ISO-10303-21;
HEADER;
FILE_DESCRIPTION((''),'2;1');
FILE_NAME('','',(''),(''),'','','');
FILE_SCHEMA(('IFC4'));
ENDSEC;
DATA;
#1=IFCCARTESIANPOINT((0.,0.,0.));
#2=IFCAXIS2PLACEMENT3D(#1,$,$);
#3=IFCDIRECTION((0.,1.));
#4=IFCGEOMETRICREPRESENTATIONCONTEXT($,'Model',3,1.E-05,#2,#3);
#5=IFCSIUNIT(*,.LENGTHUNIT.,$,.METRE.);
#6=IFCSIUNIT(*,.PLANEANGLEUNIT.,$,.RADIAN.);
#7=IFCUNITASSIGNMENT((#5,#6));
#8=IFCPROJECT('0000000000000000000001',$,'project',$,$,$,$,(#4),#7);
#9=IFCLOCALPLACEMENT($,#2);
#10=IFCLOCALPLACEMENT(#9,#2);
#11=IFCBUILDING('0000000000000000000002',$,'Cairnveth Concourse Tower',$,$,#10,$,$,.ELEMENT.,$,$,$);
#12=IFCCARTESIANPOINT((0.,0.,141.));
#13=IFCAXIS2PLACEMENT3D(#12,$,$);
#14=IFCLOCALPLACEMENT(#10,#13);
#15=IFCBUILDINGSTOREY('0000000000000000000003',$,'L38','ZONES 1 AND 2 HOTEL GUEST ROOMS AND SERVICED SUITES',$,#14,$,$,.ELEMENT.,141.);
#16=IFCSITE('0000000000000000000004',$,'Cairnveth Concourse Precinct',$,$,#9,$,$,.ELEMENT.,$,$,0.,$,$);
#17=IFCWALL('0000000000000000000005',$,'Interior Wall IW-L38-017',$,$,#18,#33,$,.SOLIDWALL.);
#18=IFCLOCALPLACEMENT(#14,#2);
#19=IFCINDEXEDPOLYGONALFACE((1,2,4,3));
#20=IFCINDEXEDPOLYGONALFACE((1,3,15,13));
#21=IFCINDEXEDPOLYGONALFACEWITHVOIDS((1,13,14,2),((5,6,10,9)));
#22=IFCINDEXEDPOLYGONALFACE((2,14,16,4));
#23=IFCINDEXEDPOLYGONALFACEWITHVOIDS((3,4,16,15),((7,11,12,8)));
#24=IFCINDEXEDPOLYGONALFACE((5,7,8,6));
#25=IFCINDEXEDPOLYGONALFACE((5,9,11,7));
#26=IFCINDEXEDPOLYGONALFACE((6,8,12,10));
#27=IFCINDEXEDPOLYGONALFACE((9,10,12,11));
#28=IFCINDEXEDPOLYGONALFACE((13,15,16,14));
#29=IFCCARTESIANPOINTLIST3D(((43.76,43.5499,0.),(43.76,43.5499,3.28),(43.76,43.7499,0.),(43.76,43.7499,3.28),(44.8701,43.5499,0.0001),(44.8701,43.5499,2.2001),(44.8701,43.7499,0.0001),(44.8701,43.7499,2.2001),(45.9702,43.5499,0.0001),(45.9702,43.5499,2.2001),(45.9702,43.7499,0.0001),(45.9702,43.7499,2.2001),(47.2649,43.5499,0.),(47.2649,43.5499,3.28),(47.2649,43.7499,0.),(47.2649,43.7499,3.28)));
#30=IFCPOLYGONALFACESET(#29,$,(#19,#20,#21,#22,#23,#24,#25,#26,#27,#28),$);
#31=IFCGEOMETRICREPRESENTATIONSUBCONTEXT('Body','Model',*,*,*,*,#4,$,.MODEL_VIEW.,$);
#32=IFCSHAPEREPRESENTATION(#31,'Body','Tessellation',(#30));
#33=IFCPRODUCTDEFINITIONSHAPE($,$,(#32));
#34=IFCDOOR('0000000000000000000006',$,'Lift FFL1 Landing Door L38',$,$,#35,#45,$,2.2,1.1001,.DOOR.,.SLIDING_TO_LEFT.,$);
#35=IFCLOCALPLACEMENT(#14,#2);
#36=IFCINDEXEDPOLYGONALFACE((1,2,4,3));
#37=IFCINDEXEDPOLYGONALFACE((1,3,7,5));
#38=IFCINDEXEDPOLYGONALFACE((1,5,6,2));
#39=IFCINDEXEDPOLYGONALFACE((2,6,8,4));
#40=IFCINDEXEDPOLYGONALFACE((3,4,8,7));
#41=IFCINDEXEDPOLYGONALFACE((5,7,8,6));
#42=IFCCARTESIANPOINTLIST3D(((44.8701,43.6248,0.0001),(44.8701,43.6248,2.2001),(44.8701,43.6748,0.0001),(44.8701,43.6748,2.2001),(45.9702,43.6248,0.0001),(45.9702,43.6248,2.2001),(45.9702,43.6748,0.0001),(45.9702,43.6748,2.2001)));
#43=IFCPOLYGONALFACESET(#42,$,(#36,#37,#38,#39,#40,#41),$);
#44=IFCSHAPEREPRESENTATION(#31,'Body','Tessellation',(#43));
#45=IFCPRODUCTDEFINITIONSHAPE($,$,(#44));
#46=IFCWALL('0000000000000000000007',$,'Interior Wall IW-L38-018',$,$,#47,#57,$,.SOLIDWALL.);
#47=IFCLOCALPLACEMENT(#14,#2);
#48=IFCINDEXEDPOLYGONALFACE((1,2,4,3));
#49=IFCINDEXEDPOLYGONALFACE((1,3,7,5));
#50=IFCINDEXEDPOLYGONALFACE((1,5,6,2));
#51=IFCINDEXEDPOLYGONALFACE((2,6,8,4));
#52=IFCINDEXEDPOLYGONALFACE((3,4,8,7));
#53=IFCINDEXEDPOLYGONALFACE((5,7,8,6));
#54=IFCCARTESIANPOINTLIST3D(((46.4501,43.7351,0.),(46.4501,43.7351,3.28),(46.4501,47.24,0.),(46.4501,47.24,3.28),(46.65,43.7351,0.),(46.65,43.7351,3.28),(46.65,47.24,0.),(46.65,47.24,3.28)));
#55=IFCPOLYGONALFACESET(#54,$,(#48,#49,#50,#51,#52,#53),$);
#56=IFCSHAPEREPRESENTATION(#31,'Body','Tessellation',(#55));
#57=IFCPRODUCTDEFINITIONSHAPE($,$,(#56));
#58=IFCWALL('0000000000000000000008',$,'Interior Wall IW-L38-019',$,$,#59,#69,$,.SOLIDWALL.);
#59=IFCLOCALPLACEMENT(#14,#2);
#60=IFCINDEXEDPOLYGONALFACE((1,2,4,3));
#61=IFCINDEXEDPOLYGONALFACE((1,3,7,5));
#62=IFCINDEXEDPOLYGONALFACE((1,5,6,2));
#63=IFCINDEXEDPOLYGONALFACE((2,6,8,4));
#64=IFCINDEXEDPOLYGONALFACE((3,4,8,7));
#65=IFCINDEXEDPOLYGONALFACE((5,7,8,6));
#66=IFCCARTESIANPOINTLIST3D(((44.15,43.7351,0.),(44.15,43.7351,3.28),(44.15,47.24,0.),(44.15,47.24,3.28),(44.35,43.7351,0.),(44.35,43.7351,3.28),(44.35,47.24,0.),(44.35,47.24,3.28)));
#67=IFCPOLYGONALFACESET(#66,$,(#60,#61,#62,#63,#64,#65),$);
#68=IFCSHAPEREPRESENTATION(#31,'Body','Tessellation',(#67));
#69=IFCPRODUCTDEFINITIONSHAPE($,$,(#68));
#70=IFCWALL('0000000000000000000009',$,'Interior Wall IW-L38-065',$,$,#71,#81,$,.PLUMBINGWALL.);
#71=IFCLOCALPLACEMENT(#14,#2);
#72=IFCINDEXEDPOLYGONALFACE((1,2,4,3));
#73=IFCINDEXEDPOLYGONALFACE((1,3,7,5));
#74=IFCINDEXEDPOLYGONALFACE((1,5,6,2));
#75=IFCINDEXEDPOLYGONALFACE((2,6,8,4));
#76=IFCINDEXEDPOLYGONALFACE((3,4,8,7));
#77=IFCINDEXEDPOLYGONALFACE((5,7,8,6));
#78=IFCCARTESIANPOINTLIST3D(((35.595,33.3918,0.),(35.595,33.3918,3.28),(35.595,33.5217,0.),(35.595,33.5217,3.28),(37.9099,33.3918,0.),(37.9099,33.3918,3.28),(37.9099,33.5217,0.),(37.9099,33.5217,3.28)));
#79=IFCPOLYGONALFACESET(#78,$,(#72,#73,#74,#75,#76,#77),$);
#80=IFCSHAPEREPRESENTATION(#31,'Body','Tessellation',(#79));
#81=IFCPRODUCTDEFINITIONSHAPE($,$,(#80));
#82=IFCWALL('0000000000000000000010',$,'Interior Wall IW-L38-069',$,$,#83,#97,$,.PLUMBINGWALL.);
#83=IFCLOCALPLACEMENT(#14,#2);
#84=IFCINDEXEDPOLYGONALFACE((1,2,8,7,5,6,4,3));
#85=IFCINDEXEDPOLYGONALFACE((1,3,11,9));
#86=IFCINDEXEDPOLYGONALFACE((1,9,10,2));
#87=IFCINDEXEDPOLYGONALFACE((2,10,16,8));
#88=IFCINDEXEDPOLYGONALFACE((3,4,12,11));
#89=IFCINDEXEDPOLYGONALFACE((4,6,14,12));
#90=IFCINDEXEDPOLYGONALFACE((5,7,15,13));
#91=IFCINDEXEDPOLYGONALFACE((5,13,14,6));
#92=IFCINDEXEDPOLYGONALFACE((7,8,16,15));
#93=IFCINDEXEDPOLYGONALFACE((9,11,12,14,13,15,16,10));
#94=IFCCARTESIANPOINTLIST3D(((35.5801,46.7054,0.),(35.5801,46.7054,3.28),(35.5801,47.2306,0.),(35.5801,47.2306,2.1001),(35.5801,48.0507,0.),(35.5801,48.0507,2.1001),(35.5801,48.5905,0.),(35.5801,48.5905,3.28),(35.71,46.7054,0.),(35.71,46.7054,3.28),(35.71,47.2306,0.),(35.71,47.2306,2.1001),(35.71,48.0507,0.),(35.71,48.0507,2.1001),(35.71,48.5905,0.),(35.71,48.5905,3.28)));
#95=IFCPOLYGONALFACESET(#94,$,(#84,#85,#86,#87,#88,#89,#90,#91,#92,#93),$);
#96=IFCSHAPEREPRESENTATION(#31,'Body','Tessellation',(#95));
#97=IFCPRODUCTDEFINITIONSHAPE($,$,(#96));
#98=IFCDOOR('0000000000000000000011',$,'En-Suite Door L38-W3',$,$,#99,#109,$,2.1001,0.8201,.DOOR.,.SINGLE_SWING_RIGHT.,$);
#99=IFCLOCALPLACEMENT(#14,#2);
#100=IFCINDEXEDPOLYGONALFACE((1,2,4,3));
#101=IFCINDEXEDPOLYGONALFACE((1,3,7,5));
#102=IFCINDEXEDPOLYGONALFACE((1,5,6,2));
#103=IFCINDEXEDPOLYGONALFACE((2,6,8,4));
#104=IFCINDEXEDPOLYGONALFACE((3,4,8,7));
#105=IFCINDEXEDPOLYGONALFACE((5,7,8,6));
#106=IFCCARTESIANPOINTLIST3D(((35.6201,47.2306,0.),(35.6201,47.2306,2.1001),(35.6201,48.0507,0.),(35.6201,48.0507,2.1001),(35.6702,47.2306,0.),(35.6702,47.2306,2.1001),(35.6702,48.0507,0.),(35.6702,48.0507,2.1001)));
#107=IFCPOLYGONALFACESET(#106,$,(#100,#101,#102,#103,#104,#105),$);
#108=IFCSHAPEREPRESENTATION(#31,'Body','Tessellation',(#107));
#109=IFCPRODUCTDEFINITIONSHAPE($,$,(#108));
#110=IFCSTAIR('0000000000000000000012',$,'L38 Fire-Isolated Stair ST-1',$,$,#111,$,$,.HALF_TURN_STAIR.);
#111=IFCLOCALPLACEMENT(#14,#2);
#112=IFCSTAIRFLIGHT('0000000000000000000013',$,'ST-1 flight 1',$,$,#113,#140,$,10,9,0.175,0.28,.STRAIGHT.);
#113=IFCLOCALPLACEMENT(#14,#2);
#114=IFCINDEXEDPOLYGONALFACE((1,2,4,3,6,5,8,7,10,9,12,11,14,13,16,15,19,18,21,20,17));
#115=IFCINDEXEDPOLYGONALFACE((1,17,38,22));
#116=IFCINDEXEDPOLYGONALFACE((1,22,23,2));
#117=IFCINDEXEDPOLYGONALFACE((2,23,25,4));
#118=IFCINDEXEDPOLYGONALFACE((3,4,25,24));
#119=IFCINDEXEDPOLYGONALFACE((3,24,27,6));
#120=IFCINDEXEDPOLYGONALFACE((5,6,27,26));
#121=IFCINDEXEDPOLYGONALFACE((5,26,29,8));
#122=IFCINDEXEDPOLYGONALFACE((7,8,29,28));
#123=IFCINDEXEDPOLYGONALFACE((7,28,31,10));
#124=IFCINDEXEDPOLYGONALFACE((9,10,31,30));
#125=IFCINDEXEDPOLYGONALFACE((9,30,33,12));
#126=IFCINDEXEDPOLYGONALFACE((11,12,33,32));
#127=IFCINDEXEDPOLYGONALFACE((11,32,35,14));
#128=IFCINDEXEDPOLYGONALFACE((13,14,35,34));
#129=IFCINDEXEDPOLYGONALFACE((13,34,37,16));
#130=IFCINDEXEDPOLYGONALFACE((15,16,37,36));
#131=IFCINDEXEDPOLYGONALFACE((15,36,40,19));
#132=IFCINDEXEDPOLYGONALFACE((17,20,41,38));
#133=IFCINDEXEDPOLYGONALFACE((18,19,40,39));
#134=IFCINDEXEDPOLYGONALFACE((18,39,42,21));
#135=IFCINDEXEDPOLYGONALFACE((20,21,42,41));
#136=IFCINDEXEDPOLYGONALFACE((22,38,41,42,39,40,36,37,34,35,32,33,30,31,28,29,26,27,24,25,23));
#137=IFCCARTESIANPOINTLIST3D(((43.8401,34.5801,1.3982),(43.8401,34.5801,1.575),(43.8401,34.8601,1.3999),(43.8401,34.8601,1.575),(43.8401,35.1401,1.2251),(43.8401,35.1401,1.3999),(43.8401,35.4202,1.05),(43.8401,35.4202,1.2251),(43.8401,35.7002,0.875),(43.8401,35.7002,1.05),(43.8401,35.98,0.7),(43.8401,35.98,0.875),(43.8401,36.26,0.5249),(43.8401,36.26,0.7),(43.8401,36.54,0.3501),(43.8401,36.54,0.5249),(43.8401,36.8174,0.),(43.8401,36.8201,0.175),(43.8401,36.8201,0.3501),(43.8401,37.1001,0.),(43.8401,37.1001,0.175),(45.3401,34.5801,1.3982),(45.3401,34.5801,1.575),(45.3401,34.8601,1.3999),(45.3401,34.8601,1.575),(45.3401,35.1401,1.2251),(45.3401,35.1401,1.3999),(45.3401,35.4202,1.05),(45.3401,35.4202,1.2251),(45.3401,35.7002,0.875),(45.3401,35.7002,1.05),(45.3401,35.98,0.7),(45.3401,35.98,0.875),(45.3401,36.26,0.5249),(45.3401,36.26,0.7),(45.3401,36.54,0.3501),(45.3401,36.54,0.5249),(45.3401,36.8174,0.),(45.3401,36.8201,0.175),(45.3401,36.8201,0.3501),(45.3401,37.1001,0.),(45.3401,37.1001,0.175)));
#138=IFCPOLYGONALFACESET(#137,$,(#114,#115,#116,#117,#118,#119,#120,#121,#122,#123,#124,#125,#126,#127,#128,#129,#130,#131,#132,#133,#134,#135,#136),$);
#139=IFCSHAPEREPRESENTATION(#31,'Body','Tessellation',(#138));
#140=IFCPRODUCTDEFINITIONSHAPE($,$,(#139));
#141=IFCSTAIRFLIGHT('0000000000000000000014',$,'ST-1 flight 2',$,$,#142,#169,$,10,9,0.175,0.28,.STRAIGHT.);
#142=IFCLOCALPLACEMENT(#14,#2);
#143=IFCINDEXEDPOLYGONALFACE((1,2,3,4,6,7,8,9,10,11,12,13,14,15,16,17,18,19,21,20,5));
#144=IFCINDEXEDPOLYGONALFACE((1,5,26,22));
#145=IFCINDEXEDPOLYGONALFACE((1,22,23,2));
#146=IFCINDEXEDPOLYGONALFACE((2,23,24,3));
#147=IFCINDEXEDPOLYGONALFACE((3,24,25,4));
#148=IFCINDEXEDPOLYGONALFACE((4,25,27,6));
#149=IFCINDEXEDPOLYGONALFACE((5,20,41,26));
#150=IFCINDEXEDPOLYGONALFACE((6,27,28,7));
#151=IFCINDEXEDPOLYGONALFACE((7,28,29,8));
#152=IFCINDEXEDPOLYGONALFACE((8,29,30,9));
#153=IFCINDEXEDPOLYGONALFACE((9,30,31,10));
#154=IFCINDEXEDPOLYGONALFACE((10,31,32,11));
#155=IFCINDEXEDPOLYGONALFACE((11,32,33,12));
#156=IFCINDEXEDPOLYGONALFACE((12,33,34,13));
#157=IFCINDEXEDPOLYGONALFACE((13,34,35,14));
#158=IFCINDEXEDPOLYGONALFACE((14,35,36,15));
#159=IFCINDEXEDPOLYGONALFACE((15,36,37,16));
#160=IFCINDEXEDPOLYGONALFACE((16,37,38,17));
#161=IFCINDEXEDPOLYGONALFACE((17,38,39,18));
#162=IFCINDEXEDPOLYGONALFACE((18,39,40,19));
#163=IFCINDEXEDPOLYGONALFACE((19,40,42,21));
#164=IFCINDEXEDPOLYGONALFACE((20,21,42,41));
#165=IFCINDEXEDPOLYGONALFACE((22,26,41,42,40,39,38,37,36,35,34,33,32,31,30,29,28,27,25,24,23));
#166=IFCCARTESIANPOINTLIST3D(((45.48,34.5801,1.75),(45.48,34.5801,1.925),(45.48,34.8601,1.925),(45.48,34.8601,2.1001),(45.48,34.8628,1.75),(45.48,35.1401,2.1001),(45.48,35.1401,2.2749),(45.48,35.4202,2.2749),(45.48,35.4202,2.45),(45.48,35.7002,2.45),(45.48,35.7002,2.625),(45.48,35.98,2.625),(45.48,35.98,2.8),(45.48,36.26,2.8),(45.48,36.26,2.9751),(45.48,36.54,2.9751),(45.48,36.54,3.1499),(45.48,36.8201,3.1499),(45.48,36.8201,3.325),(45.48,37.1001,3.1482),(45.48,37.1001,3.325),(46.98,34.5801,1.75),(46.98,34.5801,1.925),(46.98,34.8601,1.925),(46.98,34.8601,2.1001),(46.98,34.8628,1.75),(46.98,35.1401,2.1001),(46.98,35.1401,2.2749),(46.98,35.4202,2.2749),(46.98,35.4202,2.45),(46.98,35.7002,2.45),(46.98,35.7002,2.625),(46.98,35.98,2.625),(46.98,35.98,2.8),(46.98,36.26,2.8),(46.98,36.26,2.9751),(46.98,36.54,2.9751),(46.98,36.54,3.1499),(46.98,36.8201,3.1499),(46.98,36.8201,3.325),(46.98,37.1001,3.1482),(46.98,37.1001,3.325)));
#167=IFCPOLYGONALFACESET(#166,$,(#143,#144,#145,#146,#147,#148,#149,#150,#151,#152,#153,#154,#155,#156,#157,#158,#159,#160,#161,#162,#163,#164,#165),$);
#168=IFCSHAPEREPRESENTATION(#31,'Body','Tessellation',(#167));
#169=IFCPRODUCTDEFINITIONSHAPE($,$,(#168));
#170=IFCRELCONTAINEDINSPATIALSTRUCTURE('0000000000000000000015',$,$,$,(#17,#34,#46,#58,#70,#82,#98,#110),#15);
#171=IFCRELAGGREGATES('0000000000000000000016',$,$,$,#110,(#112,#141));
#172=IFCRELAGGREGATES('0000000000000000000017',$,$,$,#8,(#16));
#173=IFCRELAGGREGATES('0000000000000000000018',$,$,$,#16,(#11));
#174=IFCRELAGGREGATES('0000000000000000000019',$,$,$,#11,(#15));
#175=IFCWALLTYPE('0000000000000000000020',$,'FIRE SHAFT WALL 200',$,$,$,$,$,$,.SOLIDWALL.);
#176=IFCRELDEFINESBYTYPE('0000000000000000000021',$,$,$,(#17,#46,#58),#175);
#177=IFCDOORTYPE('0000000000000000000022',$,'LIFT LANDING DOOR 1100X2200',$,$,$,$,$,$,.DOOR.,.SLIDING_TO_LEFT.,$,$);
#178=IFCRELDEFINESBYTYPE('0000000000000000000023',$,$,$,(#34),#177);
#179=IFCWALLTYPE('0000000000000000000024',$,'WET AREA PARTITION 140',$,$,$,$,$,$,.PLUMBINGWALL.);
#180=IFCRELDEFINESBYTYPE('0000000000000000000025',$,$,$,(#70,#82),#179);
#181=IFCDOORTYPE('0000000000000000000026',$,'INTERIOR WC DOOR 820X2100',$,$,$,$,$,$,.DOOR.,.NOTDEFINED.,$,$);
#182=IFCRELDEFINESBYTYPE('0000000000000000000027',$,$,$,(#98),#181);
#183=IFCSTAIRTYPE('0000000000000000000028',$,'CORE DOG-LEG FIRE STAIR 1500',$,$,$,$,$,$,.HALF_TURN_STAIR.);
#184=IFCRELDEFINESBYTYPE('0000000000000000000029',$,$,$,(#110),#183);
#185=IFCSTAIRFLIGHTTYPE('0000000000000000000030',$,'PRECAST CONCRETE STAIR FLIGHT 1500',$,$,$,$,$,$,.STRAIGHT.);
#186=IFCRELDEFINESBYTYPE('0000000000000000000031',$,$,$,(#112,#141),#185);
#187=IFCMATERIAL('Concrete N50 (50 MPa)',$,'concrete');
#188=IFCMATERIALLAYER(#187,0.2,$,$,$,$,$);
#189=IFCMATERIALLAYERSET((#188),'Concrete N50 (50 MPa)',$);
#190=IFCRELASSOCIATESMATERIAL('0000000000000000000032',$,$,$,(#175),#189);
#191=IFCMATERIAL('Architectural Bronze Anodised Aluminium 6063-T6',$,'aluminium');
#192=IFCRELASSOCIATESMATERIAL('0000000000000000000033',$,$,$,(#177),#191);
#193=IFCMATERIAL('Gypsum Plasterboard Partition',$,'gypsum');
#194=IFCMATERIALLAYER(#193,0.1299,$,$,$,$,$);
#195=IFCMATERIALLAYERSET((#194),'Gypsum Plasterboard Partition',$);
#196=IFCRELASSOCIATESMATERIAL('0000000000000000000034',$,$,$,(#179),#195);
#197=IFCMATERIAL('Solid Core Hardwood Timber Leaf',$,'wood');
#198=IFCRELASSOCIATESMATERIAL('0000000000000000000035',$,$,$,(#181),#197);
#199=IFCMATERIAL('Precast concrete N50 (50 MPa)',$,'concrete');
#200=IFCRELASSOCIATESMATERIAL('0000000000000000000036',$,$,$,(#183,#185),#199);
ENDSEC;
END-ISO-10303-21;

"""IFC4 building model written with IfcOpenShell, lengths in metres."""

from ifc_helpers import new_model, si_unit, direction, frame, frame_2d, origin, place, context, subcontext, project, spatial, polyline, rectangle, outline, extrude, material, layer, layer_set, type_object, element, fill, aggregate, save


model = new_model("IFC4")

# Units and contexts
model_context = context("Model", 3, precision=1e-05, world=origin(), true_north=direction((0.0, 1.0)))
body_context = subcontext(model_context, "Body", "Model", "MODEL_VIEW")
ifc_project = project(units=[si_unit("LENGTHUNIT", "METRE"), si_unit("PLANEANGLEUNIT", "RADIAN")], contexts=[model_context])

# Site, building, storey
site_placement = place(None, origin())
site = spatial("IfcSite", under=ifc_project, at=site_placement, Name="Cairnveth Concourse Precinct", CompositionType="ELEMENT", RefElevation=0.0)
building_placement = place(site_placement, origin())
building = spatial("IfcBuilding", under=site, at=building_placement, Name="Cairnveth Concourse Tower", CompositionType="ELEMENT")
storey_placement = place(building_placement, frame((0.0, 0.0, 141.0)))
storey = spatial("IfcBuildingStorey", under=building, at=storey_placement, Name="L38", Description="ZONES 1 AND 2 HOTEL GUEST ROOMS AND SERVICED SUITES", CompositionType="ELEMENT", Elevation=141.0)

# Shared definitions
ifc_material_1 = material(Name="Gypsum Plasterboard Partition", Category="gypsum")

# Shared definitions
ifc_material_2 = material(Name="Concrete N50 (50 MPa)", Category="concrete")

# Wall, opening, door
ifc_layer_1 = layer(ifc_material_2, 0.2)
ifc_layer_set_1 = layer_set([ifc_layer_1], Name="Concrete N50 (50 MPa)")
wall_type_1 = type_object("IfcWallType", Name="FIRE SHAFT WALL 200", PredefinedType="SOLIDWALL", material=ifc_layer_set_1)
wall_1_placement = place(storey_placement, frame((43.76, 43.6499, 0.0), z_axis=(0.0, 0.0, 1.0), x_axis=(1.0, 0.0, 0.0)))
wall_1 = element("IfcWall", 1, at=wall_1_placement, inside=storey, type_object=wall_type_1, Name="Interior Wall IW-L38-017", PredefinedType="SOLIDWALL", context=body_context, shape_type="SweptSolid", body=[
    extrude(rectangle(XDim=3.5049, YDim=0.2, at=frame_2d((1.7524, 0.0))), origin(), (0.0, 0.0, 1.0), 3.28),
])
opening_1_placement = place(wall_1_placement, frame((1.1101, 0.0, 0.0)))
opening_1 = element("IfcOpeningElement", 2, at=opening_1_placement, cuts=wall_1, PredefinedType="OPENING", context=body_context, shape_type="SweptSolid", body=[
    extrude(rectangle(XDim=1.1001, YDim=2.2, at=frame_2d((0.55, 1.1001))), frame((0.0, 0.1099, 0.0), z_axis=(0.0, -1.0, 0.0), x_axis=(1.0, 0.0, 0.0)), (0.0, 0.0, 1.0), 0.22),
])
ifc_material_3 = material(Name="Architectural Bronze Anodised Aluminium 6063-T6", Category="aluminium")
door_type_1 = type_object("IfcDoorType", Name="LIFT LANDING DOOR 1100X2200", OperationType="SLIDING_TO_LEFT", PredefinedType="DOOR", material=ifc_material_3)
door_1_placement = place(opening_1_placement, origin())
door_1 = element("IfcDoor", 3, at=door_1_placement, inside=storey, type_object=door_type_1, Name="Lift FFL1 Landing Door L38", OperationType="SLIDING_TO_LEFT", OverallHeight=2.2, OverallWidth=1.1001, PredefinedType="DOOR", context=body_context, shape_type="SweptSolid", body=[
    extrude(rectangle(XDim=1.1001, YDim=2.2, at=frame_2d((0.55, 1.1001))), frame((0.0, 0.0249, 0.0), z_axis=(0.0, -1.0, 0.0), x_axis=(1.0, 0.0, 0.0)), (0.0, 0.0, 1.0), 0.05),
])
fill(opening_1, door_1)

# Walls
for number, where, z_axis, x_axis, name in (
    (4, (46.55, 43.7351, 0.0), (0.0, 0.0, 1.0), (0.0, 1.0, 0.0), "Interior Wall IW-L38-018"),
    (5, (44.25, 43.7351, 0.0), (0.0, 0.0, 1.0), (0.0, 1.0, 0.0), "Interior Wall IW-L38-019"),
):
    element("IfcWall", number, at=place(storey_placement, frame(where, z_axis=z_axis, x_axis=x_axis)), inside=storey, type_object=wall_type_1, Name=name, PredefinedType="SOLIDWALL", context=body_context, shape_type="SweptSolid", body=[
        extrude(rectangle(XDim=3.5049, YDim=0.2, at=frame_2d((1.7524, 0.0))), origin(), (0.0, 0.0, 1.0), 3.28),
    ])
ifc_layer_2 = layer(ifc_material_1, 0.1299)
ifc_layer_set_2 = layer_set([ifc_layer_2], Name="Gypsum Plasterboard Partition")
wall_type_2 = type_object("IfcWallType", Name="WET AREA PARTITION 140", PredefinedType="PLUMBINGWALL", material=ifc_layer_set_2)
wall_2_placement = place(storey_placement, frame((35.595, 33.4568, 0.0), z_axis=(0.0, 0.0, 1.0), x_axis=(1.0, 0.0, 0.0)))
element("IfcWall", 6, at=wall_2_placement, inside=storey, type_object=wall_type_2, Name="Interior Wall IW-L38-065", PredefinedType="PLUMBINGWALL", context=body_context, shape_type="SweptSolid", body=[
    extrude(rectangle(XDim=2.3149, YDim=0.1299, at=frame_2d((1.1575, 0.0))), origin(), (0.0, 0.0, 1.0), 3.28),
])

# Wall, opening, door
wall_3_placement = place(storey_placement, frame((35.645, 46.7056, 0.0), z_axis=(0.0, 0.0, 1.0), x_axis=(0.0, 1.0, 0.0)))
wall_3 = element("IfcWall", 7, at=wall_3_placement, inside=storey, type_object=wall_type_2, Name="Interior Wall IW-L38-069", PredefinedType="PLUMBINGWALL", context=body_context, shape_type="SweptSolid", body=[
    extrude(rectangle(XDim=1.885, YDim=0.1299, at=frame_2d((0.9424, 0.0))), origin(), (0.0, 0.0, 1.0), 3.28),
])
opening_2_placement = place(wall_3_placement, frame((0.5249, 0.0, 0.0)))
opening_2 = element("IfcOpeningElement", 8, at=opening_2_placement, cuts=wall_3, PredefinedType="OPENING", context=body_context, shape_type="SweptSolid", body=[
    extrude(rectangle(XDim=0.8201, YDim=2.1001, at=frame_2d((0.4102, 1.05))), frame((0.0, 0.075, 0.0), z_axis=(0.0, -1.0, 0.0), x_axis=(1.0, 0.0, 0.0)), (0.0, 0.0, 1.0), 0.1499),
])
ifc_material_4 = material(Name="Solid Core Hardwood Timber Leaf", Category="wood")
door_type_2 = type_object("IfcDoorType", Name="INTERIOR WC DOOR 820X2100", OperationType="NOTDEFINED", PredefinedType="DOOR", material=ifc_material_4)
door_2_placement = place(opening_2_placement, origin())
door_2 = element("IfcDoor", 9, at=door_2_placement, inside=storey, type_object=door_type_2, Name="En-Suite Door L38-W3", OperationType="SINGLE_SWING_RIGHT", OverallHeight=2.1001, OverallWidth=0.8201, PredefinedType="DOOR", context=body_context, shape_type="SweptSolid", body=[
    extrude(rectangle(XDim=0.8201, YDim=2.1001, at=frame_2d((0.4102, 1.05))), frame((0.0, 0.0249, 0.0), z_axis=(0.0, -1.0, 0.0), x_axis=(1.0, 0.0, 0.0)), (0.0, 0.0, 1.0), 0.05),
])
fill(opening_2, door_2)

# Stair, stair flights
ifc_material_5 = material(Name="Precast concrete N50 (50 MPa)", Category="concrete")
stair_type = type_object("IfcStairType", Name="CORE DOG-LEG FIRE STAIR 1500", PredefinedType="HALF_TURN_STAIR", material=ifc_material_5)
stair_placement = place(storey_placement, origin())
stair = element("IfcStair", 10, at=stair_placement, inside=storey, type_object=stair_type, Name="L38 Fire-Isolated Stair ST-1", PredefinedType="HALF_TURN_STAIR")
stair_flight_type = type_object("IfcStairFlightType", Name="PRECAST CONCRETE STAIR FLIGHT 1500", PredefinedType="STRAIGHT", material=ifc_material_5)
stair_flight_1_placement = place(storey_placement, frame((44.5901, 37.1001, 0.0), z_axis=(0.0, 0.0, 1.0), x_axis=(0.0, -1.0, 0.0)))
stair_flight_1 = element("IfcStairFlight", 11, at=stair_flight_1_placement, type_object=stair_flight_type, Name="ST-1 flight 1", NumberOfRisers=10, NumberOfTreads=9, PredefinedType="STRAIGHT", RiserHeight=0.175, TreadLength=0.28, context=body_context, shape_type="SweptSolid", body=[
    extrude(outline(polyline([(0.0, 0.0), (0.0, 0.175), (0.28, 0.175), (0.28, 0.3501), (0.5601, 0.3501), (0.5601, 0.5249), (0.8401, 0.5249), (0.8401, 0.7), (1.1201, 0.7), (1.1201, 0.875), (1.3999, 0.875), (1.3999, 1.05), (1.6799, 1.05), (1.6799, 1.2251), (1.96, 1.2251), (1.96, 1.3999), (2.24, 1.3999), (2.24, 1.575), (2.52, 1.575), (2.52, 1.75), (2.52, 1.3982), (0.2827, 0.0), (0.0, 0.0)])), frame((0.0, 0.75, 0.0), z_axis=(0.0, -1.0, 0.0), x_axis=(1.0, 0.0, 0.0)), (0.0, 0.0, 1.0), 1.5),
])
stair_flight_2_placement = place(storey_placement, frame((46.23, 34.5801, 1.75), z_axis=(0.0, 0.0, 1.0), x_axis=(0.0, 1.0, 0.0)))
stair_flight_2 = element("IfcStairFlight", 12, at=stair_flight_2_placement, type_object=stair_flight_type, Name="ST-1 flight 2", NumberOfRisers=10, NumberOfTreads=9, PredefinedType="STRAIGHT", RiserHeight=0.175, TreadLength=0.28, context=body_context, shape_type="SweptSolid", body=[
    extrude(outline(polyline([(0.0, 0.0), (0.0, 0.175), (0.28, 0.175), (0.28, 0.3501), (0.5601, 0.3501), (0.5601, 0.5249), (0.8401, 0.5249), (0.8401, 0.7), (1.1201, 0.7), (1.1201, 0.875), (1.3999, 0.875), (1.3999, 1.05), (1.6799, 1.05), (1.6799, 1.2251), (1.96, 1.2251), (1.96, 1.3999), (2.24, 1.3999), (2.24, 1.575), (2.52, 1.575), (2.52, 1.75), (2.52, 1.3982), (0.2827, 0.0), (0.0, 0.0)])), frame((0.0, 0.75, 0.0), z_axis=(0.0, -1.0, 0.0), x_axis=(1.0, 0.0, 0.0)), (0.0, 0.0, 1.0), 1.5),
])
aggregate(stair, [stair_flight_1, stair_flight_2])

save(model, "model.ifc")
